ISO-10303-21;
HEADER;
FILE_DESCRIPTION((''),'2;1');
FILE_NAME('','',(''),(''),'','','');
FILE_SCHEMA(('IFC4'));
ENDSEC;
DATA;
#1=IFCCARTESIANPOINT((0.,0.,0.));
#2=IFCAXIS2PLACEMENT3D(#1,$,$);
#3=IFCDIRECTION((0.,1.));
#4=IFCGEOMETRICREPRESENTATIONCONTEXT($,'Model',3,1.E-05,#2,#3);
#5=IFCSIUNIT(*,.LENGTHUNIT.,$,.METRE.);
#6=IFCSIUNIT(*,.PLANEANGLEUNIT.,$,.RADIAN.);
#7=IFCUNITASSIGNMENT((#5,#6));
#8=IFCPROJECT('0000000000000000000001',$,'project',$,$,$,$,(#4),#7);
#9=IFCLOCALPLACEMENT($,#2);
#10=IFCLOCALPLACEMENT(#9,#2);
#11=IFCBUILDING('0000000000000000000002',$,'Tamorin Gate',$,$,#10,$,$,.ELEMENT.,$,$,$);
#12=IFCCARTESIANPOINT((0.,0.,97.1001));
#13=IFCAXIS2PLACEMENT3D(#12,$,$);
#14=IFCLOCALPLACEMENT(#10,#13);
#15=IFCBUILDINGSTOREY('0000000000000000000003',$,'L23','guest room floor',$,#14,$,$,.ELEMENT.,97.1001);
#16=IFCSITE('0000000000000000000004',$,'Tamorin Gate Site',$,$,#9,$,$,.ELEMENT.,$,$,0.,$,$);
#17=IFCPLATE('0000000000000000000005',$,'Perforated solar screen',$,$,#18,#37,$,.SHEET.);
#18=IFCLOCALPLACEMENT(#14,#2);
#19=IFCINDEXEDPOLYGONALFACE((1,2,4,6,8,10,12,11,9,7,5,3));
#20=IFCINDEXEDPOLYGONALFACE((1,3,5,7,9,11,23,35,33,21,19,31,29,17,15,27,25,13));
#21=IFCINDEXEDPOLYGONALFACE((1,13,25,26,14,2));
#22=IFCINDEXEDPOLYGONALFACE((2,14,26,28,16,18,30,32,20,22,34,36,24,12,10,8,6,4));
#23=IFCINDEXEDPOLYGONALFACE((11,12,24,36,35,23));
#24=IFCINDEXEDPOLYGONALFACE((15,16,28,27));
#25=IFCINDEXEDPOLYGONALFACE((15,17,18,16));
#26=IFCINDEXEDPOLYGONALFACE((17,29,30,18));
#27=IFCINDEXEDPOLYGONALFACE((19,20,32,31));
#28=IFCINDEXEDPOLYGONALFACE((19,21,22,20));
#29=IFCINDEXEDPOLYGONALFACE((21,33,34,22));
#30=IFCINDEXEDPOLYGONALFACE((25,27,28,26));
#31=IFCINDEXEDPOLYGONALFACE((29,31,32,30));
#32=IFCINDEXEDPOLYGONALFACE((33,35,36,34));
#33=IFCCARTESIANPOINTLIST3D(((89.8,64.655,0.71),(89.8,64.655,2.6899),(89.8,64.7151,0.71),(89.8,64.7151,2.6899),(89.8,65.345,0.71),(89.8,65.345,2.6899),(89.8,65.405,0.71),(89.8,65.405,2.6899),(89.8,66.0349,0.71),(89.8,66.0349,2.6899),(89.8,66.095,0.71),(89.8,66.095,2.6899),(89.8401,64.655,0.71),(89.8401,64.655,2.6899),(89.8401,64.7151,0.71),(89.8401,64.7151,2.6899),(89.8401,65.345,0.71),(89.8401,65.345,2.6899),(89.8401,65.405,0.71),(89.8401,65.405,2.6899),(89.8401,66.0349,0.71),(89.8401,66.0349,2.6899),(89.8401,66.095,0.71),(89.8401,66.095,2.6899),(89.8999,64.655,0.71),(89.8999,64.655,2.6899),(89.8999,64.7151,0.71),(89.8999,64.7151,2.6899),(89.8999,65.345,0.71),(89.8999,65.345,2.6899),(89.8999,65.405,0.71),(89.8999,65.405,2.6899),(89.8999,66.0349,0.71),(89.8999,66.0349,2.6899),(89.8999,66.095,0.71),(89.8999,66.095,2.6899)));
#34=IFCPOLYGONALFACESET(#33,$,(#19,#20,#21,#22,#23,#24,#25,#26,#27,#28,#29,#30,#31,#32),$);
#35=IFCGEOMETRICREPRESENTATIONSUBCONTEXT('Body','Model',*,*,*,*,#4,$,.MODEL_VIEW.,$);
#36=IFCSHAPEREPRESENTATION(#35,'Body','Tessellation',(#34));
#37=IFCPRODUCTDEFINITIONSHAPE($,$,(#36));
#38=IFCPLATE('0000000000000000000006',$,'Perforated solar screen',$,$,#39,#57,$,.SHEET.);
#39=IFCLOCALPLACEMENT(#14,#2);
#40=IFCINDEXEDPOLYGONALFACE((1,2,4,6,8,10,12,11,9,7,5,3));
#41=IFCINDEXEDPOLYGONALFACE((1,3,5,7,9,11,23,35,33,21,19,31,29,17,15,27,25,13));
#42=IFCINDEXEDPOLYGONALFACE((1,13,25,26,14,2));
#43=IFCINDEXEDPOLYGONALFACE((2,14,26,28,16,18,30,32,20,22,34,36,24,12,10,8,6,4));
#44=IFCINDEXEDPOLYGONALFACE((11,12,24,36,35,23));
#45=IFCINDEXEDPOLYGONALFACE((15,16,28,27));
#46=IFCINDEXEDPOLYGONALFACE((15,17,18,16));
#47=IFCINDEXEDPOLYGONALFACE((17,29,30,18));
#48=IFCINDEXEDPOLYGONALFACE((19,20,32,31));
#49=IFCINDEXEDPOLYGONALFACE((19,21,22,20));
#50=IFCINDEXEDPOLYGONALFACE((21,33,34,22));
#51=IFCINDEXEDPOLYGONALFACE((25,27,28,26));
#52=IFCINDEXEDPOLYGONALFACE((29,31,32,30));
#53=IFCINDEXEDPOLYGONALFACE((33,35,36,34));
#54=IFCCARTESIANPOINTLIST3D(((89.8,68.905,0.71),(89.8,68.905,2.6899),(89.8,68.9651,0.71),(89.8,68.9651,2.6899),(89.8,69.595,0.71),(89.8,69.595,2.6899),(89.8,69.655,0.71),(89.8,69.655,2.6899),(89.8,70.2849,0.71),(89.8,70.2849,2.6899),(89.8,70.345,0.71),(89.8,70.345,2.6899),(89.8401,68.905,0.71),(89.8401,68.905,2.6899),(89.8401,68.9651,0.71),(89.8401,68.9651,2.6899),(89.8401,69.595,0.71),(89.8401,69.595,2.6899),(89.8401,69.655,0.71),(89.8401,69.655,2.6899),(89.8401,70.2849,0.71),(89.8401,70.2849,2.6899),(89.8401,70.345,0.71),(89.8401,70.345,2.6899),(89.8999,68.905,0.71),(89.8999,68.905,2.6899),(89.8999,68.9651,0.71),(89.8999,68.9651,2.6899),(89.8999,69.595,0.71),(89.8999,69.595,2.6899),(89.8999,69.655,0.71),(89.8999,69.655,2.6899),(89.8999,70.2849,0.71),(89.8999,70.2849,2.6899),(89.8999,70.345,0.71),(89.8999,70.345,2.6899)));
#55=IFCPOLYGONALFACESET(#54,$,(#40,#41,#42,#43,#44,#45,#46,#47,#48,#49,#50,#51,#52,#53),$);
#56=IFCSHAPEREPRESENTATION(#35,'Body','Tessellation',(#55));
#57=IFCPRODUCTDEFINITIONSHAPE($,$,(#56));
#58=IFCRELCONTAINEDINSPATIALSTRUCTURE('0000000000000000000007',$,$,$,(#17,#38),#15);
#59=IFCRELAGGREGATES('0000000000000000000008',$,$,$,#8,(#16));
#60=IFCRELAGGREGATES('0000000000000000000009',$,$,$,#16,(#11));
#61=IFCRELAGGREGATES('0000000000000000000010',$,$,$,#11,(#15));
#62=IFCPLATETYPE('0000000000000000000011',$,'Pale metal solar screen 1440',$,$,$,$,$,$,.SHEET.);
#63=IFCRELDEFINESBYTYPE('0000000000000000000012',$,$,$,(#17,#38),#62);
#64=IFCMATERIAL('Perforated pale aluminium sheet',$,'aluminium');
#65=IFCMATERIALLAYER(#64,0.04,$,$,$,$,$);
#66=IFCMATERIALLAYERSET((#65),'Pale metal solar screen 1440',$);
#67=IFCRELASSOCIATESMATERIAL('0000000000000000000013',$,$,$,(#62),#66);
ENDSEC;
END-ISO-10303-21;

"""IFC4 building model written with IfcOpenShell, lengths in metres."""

from ifc_helpers import new_model, si_unit, direction, frame, origin, place, context, subcontext, project, spatial, polyline, outline, extrude, material, layer, layer_set, type_object, element, save


model = new_model("IFC4")

# Units and contexts
model_context = context("Model", 3, precision=1e-05, world=origin(), true_north=direction((0.0, 1.0)))
body_context = subcontext(model_context, "Body", "Model", "MODEL_VIEW")
ifc_project = project(units=[si_unit("LENGTHUNIT", "METRE"), si_unit("PLANEANGLEUNIT", "RADIAN")], contexts=[model_context])

# Site, building, storey
site_placement = place(None, origin())
site = spatial("IfcSite", under=ifc_project, at=site_placement, Name="Tamorin Gate Site", CompositionType="ELEMENT", RefElevation=0.0)
building_placement = place(site_placement, origin())
building = spatial("IfcBuilding", under=site, at=building_placement, Name="Tamorin Gate", CompositionType="ELEMENT")
storey_placement = place(building_placement, frame((0.0, 0.0, 97.1001)))
storey = spatial("IfcBuildingStorey", under=building, at=storey_placement, Name="L23", Description="guest room floor", CompositionType="ELEMENT", Elevation=97.1001)

# Plates
ifc_material_1 = material(Name="Perforated pale aluminium sheet", Category="aluminium")
ifc_layer_1 = layer(ifc_material_1, 0.04)
ifc_layer_set_1 = layer_set([ifc_layer_1], Name="Pale metal solar screen 1440")
plate_type = type_object("IfcPlateType", Name="Pale metal solar screen 1440", PredefinedType="SHEET", material=ifc_layer_set_1)
plate_1_placement = place(storey_placement, frame((0.0, 0.0, 0.71)))
element("IfcPlate", 1, at=plate_1_placement, inside=storey, type_object=plate_type, Name="Perforated solar screen", PredefinedType="SHEET", context=body_context, shape_type="SweptSolid", body=[
    extrude(outline(polyline([(89.8401, 64.655), (89.8, 64.655), (89.8, 64.7151), (89.8, 65.345), (89.8, 65.405), (89.8, 66.0349), (89.8, 66.095), (89.8401, 66.095), (89.8999, 66.095), (89.8999, 66.0349), (89.8401, 66.0349), (89.8401, 65.405), (89.8999, 65.405), (89.8999, 65.345), (89.8401, 65.345), (89.8401, 64.7151), (89.8999, 64.7151), (89.8999, 64.655), (89.8401, 64.655)])), origin(), (0.0, 0.0, 1.0), 1.98),
])
plate_2_placement = place(storey_placement, frame((0.0, 0.0, 0.71)))
element("IfcPlate", 2, at=plate_2_placement, inside=storey, type_object=plate_type, Name="Perforated solar screen", PredefinedType="SHEET", context=body_context, shape_type="SweptSolid", body=[
    extrude(outline(polyline([(89.8401, 68.905), (89.8, 68.905), (89.8, 68.9651), (89.8, 69.595), (89.8, 69.655), (89.8, 70.2849), (89.8, 70.345), (89.8401, 70.345), (89.8999, 70.345), (89.8999, 70.2849), (89.8401, 70.2849), (89.8401, 69.655), (89.8999, 69.655), (89.8999, 69.595), (89.8401, 69.595), (89.8401, 68.9651), (89.8999, 68.9651), (89.8999, 68.905), (89.8401, 68.905)])), origin(), (0.0, 0.0, 1.0), 1.98),
])

save(model, "model.ifc")
